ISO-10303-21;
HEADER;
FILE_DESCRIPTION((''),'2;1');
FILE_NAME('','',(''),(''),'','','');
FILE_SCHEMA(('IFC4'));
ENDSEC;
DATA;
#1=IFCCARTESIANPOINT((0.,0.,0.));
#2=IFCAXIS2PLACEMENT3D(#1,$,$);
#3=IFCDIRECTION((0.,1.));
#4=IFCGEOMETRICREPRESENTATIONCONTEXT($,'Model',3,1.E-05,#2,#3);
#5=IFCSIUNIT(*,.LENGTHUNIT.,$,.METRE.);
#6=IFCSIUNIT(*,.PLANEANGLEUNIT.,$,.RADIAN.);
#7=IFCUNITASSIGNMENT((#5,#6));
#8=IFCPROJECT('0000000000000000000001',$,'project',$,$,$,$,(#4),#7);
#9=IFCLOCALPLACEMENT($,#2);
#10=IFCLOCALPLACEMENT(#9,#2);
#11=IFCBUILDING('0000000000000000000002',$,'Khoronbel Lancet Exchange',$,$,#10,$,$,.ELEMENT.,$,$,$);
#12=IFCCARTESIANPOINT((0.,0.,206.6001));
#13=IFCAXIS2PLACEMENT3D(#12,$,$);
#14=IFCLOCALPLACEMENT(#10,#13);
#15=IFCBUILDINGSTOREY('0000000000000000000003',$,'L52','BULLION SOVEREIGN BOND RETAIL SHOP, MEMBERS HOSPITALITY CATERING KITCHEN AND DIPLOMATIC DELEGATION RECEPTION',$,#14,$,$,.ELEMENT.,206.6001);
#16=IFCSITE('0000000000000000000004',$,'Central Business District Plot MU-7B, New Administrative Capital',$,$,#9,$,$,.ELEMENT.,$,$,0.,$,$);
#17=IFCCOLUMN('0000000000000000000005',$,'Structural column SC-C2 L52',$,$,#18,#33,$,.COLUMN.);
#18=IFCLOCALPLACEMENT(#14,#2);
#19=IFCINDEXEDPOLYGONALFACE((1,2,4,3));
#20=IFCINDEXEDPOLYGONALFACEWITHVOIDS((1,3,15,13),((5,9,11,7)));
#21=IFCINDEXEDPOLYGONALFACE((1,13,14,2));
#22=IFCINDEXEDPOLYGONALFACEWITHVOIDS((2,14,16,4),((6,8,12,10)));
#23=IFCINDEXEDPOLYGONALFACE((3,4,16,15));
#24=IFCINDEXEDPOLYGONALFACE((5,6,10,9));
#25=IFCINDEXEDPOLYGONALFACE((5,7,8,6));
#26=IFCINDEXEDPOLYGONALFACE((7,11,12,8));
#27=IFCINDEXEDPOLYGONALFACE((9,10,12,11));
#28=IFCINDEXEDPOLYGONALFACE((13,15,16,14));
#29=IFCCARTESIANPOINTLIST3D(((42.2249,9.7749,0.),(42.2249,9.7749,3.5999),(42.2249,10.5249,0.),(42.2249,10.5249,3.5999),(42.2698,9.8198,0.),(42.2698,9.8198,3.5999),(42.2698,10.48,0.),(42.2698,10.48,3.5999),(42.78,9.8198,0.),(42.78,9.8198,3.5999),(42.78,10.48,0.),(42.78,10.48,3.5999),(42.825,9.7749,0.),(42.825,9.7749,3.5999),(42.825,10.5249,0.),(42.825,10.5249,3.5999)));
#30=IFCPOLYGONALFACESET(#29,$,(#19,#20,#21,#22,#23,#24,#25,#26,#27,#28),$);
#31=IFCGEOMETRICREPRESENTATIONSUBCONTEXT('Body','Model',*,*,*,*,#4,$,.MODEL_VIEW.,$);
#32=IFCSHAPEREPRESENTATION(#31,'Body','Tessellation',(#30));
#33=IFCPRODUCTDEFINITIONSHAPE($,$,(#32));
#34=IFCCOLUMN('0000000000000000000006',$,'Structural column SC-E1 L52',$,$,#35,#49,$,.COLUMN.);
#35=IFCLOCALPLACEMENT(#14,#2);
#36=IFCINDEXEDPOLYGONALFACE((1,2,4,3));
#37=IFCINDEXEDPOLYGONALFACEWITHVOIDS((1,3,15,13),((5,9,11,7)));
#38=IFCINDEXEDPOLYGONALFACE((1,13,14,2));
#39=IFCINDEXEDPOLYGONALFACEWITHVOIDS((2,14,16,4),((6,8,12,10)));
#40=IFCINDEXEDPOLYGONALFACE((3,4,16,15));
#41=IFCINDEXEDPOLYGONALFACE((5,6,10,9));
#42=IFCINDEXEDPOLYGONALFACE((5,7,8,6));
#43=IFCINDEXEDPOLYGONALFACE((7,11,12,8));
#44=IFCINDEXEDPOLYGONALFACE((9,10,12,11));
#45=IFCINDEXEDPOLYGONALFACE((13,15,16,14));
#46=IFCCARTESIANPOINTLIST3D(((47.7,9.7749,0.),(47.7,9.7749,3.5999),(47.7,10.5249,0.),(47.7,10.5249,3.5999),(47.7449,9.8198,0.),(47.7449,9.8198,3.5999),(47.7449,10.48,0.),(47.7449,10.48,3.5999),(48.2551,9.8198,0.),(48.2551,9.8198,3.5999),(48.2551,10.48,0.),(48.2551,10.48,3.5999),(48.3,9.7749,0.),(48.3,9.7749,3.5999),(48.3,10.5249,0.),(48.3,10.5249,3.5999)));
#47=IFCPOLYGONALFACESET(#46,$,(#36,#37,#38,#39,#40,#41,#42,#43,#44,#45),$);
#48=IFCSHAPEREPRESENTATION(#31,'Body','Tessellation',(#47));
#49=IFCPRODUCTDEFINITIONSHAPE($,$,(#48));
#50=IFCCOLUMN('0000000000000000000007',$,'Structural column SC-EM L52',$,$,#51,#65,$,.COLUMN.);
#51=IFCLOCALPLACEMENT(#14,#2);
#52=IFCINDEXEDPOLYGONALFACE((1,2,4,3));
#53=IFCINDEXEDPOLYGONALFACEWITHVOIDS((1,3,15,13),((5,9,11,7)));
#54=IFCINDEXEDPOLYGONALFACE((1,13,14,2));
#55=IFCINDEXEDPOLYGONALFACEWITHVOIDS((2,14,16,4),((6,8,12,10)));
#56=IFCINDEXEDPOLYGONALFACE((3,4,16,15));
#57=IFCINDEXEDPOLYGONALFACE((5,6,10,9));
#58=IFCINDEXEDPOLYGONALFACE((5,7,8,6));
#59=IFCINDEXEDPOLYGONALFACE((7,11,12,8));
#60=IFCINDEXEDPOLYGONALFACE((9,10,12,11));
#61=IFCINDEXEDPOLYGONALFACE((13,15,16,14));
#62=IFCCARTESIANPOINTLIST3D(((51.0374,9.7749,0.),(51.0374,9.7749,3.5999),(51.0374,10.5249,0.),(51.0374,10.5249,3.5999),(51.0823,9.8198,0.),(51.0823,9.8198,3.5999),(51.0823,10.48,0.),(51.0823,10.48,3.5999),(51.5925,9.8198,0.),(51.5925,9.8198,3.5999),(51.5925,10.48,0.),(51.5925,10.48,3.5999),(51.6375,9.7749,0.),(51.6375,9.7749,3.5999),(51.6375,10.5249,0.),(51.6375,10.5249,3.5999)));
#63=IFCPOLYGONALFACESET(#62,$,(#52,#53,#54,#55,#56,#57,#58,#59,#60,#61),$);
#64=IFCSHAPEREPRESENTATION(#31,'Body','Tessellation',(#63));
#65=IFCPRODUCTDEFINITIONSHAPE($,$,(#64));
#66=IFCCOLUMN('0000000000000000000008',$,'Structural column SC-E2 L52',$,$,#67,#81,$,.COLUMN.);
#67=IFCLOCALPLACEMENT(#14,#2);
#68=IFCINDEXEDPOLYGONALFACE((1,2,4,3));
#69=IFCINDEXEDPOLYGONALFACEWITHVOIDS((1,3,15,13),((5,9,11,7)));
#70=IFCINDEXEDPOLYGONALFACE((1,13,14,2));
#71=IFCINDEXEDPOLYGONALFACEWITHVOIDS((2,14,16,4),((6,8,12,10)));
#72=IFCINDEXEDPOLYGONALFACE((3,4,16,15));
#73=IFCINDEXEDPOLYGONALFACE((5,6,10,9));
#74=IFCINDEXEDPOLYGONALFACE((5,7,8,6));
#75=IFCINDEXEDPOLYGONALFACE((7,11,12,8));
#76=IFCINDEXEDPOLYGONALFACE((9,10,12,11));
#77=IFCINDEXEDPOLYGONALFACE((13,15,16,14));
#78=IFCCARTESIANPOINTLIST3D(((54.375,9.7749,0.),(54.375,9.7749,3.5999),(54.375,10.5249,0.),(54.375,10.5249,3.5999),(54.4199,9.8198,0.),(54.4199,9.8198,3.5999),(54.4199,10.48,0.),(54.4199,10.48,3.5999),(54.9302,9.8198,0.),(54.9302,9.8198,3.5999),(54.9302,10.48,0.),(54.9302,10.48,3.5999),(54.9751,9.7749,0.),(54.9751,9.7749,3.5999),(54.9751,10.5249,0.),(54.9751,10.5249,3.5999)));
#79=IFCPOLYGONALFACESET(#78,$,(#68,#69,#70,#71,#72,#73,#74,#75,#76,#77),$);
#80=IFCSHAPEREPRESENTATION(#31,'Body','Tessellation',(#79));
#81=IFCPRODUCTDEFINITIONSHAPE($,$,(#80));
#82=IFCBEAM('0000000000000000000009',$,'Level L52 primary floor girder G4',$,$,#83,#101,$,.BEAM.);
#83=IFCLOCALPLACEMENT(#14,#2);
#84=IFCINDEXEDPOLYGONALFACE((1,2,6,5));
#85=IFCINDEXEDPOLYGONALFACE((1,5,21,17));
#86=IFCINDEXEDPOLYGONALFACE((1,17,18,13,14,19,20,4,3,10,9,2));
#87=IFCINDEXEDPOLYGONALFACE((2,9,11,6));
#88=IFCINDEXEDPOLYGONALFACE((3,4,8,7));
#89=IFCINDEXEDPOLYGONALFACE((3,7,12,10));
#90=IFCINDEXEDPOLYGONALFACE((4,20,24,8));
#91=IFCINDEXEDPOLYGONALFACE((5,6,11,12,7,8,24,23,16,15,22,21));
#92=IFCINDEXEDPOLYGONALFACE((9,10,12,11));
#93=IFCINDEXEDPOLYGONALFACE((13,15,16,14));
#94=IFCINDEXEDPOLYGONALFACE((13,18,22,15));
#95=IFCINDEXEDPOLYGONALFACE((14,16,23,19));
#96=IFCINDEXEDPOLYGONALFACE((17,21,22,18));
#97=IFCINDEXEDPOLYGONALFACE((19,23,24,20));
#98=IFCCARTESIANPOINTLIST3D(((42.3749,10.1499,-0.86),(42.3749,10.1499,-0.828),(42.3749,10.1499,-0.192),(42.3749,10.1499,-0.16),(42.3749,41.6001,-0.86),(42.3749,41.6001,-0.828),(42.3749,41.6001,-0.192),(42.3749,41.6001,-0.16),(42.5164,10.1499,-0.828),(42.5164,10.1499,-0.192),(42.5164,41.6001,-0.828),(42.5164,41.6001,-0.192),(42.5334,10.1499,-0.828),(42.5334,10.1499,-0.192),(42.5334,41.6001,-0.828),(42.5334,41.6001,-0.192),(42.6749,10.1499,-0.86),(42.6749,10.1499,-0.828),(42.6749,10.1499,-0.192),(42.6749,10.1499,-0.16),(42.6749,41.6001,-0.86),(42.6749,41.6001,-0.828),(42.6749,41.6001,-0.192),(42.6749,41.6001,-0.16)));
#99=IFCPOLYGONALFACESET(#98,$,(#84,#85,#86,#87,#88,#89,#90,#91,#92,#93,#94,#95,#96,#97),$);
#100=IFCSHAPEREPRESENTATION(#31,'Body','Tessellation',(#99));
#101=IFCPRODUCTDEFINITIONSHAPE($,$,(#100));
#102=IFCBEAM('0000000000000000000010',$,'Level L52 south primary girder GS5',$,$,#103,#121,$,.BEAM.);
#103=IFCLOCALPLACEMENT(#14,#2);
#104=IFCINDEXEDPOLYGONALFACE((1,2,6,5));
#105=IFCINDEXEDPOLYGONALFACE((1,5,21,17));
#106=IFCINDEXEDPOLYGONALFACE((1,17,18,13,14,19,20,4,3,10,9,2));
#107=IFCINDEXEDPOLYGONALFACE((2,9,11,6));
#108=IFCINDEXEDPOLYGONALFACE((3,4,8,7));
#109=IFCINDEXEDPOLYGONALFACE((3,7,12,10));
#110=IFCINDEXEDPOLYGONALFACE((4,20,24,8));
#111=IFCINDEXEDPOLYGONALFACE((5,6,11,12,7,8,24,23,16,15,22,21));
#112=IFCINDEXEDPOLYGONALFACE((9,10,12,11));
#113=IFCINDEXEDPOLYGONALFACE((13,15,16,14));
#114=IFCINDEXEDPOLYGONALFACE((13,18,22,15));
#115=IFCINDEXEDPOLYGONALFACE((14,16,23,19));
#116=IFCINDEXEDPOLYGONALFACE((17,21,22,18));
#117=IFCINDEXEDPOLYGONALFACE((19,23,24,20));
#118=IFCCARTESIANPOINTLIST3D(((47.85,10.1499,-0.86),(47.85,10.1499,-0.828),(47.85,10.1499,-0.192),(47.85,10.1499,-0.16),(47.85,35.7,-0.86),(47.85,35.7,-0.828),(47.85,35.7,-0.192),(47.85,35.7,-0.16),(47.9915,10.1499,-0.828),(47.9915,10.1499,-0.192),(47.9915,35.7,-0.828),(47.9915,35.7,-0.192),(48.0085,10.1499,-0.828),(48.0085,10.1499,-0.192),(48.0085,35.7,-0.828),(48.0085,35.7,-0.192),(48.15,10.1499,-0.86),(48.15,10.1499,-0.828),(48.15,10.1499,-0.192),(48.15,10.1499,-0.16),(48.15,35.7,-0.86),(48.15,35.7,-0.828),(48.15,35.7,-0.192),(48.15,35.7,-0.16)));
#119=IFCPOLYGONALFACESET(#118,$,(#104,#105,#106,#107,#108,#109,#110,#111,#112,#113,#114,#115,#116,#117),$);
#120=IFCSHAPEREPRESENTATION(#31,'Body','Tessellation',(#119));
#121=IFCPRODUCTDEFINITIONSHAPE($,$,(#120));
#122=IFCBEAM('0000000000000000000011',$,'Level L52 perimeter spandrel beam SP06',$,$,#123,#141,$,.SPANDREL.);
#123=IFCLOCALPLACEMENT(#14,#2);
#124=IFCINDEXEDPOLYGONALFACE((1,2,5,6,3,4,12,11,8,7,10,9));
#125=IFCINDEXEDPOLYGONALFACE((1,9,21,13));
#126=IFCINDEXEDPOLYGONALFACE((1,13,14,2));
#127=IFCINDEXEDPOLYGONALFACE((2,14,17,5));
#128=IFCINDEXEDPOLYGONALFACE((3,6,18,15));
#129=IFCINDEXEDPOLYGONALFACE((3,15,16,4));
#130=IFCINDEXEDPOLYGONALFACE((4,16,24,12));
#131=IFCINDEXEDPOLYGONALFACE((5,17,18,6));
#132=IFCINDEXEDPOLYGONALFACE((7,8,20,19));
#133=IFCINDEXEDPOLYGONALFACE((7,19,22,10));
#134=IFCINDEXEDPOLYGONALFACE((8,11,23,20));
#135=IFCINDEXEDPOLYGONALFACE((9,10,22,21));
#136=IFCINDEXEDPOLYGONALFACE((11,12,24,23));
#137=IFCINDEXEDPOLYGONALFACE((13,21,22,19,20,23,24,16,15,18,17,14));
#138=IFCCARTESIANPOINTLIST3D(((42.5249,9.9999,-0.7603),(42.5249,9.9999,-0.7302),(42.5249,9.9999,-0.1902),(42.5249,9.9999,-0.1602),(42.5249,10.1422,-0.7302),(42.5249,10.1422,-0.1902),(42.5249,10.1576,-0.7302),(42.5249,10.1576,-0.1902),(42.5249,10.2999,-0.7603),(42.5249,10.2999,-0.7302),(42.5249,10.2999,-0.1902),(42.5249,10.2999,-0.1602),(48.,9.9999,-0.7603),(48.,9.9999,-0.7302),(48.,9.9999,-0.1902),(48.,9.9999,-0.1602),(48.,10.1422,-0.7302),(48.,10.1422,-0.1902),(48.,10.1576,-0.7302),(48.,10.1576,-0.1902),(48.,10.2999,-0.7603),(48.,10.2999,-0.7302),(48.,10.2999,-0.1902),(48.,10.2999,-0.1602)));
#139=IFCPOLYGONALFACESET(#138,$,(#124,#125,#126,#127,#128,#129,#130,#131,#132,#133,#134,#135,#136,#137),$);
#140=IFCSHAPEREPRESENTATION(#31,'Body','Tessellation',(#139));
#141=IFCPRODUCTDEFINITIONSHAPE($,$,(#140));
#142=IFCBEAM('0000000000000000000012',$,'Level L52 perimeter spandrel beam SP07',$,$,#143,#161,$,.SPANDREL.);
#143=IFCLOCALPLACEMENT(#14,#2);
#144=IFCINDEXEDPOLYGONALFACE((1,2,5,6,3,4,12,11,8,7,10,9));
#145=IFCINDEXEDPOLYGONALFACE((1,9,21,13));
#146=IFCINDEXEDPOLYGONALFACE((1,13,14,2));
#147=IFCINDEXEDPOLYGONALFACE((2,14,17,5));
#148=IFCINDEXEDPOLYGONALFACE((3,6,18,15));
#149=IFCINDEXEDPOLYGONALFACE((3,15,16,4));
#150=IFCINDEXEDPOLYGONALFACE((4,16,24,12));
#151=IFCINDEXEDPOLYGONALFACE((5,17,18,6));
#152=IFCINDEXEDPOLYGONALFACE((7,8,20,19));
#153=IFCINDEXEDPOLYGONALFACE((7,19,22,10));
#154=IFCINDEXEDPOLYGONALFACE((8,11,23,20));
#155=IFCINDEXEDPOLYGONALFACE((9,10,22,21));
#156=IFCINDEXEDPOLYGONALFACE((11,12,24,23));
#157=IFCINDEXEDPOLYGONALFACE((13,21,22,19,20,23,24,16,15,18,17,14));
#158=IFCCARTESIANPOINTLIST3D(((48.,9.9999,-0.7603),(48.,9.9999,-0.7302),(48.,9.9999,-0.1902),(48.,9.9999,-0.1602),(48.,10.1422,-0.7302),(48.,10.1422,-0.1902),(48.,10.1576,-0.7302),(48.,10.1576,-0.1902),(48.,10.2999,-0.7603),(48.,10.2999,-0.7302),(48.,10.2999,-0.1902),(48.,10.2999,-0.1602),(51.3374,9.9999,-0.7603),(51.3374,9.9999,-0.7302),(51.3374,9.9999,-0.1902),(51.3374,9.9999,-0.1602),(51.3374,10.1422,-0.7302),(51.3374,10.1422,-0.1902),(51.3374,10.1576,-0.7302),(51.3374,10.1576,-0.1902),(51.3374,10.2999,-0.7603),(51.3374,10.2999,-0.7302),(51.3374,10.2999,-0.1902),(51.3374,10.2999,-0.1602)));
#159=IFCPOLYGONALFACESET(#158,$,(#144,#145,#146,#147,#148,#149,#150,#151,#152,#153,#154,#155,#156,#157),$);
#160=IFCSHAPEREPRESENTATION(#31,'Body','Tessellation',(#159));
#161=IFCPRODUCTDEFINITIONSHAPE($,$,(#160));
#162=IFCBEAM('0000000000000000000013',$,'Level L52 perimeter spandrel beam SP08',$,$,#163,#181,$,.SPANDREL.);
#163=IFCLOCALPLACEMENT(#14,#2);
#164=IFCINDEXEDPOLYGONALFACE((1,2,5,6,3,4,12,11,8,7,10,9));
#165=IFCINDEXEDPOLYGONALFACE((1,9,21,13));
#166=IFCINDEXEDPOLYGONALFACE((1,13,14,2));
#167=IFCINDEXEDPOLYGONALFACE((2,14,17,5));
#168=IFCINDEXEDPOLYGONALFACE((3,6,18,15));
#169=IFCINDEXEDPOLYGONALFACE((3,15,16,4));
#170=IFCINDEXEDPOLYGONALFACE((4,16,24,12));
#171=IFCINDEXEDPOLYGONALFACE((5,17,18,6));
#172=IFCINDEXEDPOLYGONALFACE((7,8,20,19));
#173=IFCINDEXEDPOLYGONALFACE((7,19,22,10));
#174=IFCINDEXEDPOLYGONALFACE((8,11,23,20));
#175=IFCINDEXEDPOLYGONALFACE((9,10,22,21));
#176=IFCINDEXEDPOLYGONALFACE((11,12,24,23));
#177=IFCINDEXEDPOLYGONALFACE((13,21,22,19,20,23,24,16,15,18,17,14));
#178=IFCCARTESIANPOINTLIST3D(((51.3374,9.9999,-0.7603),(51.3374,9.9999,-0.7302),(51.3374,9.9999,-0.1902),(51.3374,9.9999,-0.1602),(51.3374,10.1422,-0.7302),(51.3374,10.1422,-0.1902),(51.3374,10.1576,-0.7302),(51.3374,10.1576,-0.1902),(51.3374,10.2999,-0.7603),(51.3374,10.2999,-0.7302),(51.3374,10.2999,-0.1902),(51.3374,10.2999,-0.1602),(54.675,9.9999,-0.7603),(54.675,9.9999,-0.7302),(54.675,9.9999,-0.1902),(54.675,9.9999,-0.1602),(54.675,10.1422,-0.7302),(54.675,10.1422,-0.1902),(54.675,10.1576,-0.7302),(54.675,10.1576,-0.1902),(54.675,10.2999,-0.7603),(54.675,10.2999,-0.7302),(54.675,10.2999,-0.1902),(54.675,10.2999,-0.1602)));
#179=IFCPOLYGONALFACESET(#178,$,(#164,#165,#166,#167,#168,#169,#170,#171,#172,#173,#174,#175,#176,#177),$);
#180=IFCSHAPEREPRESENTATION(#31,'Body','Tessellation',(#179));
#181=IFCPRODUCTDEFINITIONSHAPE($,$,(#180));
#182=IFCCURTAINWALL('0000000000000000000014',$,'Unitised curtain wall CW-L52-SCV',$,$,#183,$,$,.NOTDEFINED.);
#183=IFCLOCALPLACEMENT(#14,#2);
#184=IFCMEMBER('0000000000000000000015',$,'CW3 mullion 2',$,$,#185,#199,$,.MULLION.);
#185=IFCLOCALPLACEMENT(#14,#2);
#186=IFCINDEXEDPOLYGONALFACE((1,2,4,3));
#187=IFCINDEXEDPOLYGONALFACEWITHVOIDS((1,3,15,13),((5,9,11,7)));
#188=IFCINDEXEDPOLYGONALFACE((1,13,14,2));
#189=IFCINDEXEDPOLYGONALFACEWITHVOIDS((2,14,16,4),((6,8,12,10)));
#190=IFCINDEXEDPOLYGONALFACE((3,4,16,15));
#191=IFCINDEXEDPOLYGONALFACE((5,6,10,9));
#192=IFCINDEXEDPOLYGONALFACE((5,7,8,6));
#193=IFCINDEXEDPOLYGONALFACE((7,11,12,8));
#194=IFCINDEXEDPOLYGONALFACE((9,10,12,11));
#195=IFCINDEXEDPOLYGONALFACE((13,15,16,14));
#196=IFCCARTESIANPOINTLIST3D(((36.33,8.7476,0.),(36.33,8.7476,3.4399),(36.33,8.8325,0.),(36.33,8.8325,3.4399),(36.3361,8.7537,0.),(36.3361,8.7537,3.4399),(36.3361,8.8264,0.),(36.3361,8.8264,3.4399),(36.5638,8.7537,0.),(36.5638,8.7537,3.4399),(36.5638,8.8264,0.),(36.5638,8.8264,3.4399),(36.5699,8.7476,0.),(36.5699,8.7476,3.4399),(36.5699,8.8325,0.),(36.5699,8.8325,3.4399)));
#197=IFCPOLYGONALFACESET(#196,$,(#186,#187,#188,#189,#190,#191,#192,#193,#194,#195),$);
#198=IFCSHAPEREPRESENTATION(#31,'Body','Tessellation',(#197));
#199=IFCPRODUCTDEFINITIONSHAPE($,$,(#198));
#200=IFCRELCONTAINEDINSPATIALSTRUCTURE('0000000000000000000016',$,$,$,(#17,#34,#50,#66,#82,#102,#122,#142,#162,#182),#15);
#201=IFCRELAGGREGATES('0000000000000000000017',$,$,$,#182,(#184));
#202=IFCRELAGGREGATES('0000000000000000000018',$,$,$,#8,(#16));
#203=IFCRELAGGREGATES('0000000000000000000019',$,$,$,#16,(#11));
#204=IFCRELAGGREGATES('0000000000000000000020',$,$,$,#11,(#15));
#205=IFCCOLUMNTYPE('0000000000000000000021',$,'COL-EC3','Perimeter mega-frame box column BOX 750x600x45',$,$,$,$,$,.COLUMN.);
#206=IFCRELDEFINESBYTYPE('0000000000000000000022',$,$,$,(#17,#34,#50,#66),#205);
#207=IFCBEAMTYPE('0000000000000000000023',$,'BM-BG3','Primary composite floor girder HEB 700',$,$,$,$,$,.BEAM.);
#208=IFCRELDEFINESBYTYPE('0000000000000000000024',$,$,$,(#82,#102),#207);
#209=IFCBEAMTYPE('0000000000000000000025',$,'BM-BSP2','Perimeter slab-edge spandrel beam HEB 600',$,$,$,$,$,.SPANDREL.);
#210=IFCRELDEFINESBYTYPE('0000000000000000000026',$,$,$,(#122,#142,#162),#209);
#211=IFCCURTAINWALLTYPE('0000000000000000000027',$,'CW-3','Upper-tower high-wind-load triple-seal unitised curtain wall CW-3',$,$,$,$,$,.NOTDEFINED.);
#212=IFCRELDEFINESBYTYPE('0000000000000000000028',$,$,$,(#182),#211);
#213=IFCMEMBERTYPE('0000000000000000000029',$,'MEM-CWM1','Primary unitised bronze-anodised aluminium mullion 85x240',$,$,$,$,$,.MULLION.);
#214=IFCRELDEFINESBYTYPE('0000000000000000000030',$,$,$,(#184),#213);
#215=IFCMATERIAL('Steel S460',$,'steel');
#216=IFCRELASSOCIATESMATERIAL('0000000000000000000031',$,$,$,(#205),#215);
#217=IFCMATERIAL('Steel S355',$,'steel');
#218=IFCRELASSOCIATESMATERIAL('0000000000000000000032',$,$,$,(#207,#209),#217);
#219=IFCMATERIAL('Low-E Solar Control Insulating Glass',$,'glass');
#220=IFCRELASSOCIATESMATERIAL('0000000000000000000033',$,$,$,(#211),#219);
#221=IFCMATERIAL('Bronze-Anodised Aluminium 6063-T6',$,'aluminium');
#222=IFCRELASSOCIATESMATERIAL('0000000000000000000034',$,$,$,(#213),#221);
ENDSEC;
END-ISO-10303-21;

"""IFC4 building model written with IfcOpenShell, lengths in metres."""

from ifc_helpers import new_model, si_unit, direction, frame, origin, origin_2d, place, context, subcontext, project, spatial, hollow_rectangle, i_section, extrude, material, material_profile, profile_set, type_object, element, aggregate, save


model = new_model("IFC4")

# Units and contexts
model_context = context("Model", 3, precision=1e-05, world=origin(), true_north=direction((0.0, 1.0)))
body_context = subcontext(model_context, "Body", "Model", "MODEL_VIEW")
ifc_project = project(units=[si_unit("LENGTHUNIT", "METRE"), si_unit("PLANEANGLEUNIT", "RADIAN")], contexts=[model_context])

# Site, building, storey
site_placement = place(None, origin())
site = spatial("IfcSite", under=ifc_project, at=site_placement, Name="Central Business District Plot MU-7B, New Administrative Capital", CompositionType="ELEMENT", RefElevation=0.0)
building_placement = place(site_placement, origin())
building = spatial("IfcBuilding", under=site, at=building_placement, Name="Khoronbel Lancet Exchange", CompositionType="ELEMENT")
storey_placement = place(building_placement, frame((0.0, 0.0, 206.6001)))
storey = spatial("IfcBuildingStorey", under=building, at=storey_placement, Name="L52", Description="BULLION SOVEREIGN BOND RETAIL SHOP, MEMBERS HOSPITALITY CATERING KITCHEN AND DIPLOMATIC DELEGATION RECEPTION", CompositionType="ELEMENT", Elevation=206.6001)

# Columns
ifc_material_1 = material(Name="Steel S460", Category="steel")
ifc_material_profile_1 = material_profile(ifc_material_1, hollow_rectangle(XDim=0.6001, YDim=0.75, WallThickness=0.0449, at=origin_2d()), Name="BOX 750x600x45")
ifc_profile_set_1 = profile_set([ifc_material_profile_1], Name="Steel S460")
column_type = type_object("IfcColumnType", Name="COL-EC3", Description="Perimeter mega-frame box column BOX 750x600x45", PredefinedType="COLUMN", material=ifc_profile_set_1)
for number, where, z_axis, x_axis, name in (
    (1, (42.5249, 10.1499, 0.0), (0.0, 0.0, 1.0), (1.0, 0.0, 0.0), "Structural column SC-C2 L52"),
    (2, (48.0, 10.1499, 0.0), (0.0, 0.0, 1.0), (1.0, 0.0, 0.0), "Structural column SC-E1 L52"),
    (3, (51.3374, 10.1499, 0.0), (0.0, 0.0, 1.0), (1.0, 0.0, 0.0), "Structural column SC-EM L52"),
    (4, (54.675, 10.1499, 0.0), (0.0, 0.0, 1.0), (1.0, 0.0, 0.0), "Structural column SC-E2 L52"),
):
    element("IfcColumn", number, at=place(storey_placement, frame(where, z_axis=z_axis, x_axis=x_axis)), inside=storey, type_object=column_type, Name=name, PredefinedType="COLUMN", context=body_context, shape_type="SweptSolid", body=[
        extrude(hollow_rectangle(XDim=0.6001, YDim=0.75, WallThickness=0.0449, at=origin_2d()), origin(), (0.0, 0.0, 1.0), 3.5999),
    ])

# Beams
ifc_material_2 = material(Name="Steel S355", Category="steel")
ifc_material_profile_2 = material_profile(ifc_material_2, i_section(OverallWidth=0.3, OverallDepth=0.7, WebThickness=0.0171, FlangeThickness=0.032, at=origin_2d()), Name="HEB 700")
ifc_profile_set_2 = profile_set([ifc_material_profile_2], Name="Steel S355")
beam_type_1 = type_object("IfcBeamType", Name="BM-BG3", Description="Primary composite floor girder HEB 700", PredefinedType="BEAM", material=ifc_profile_set_2)
beam_1_placement = place(storey_placement, frame((42.5249, 10.1499, -0.51), z_axis=(0.0, 1.0, 0.0), x_axis=(-1.0, 0.0, 0.0)))
element("IfcBeam", 5, at=beam_1_placement, inside=storey, type_object=beam_type_1, Name="Level L52 primary floor girder G4", PredefinedType="BEAM", context=body_context, shape_type="SweptSolid", body=[
    extrude(i_section(OverallWidth=0.3, OverallDepth=0.7, WebThickness=0.0171, FlangeThickness=0.032, at=origin_2d()), origin(), (0.0, 0.0, 1.0), 31.4502),
])
beam_2_placement = place(storey_placement, frame((48.0, 10.1499, -0.51), z_axis=(0.0, 1.0, 0.0), x_axis=(-1.0, 0.0, 0.0)))
element("IfcBeam", 6, at=beam_2_placement, inside=storey, type_object=beam_type_1, Name="Level L52 south primary girder GS5", PredefinedType="BEAM", context=body_context, shape_type="SweptSolid", body=[
    extrude(i_section(OverallWidth=0.3, OverallDepth=0.7, WebThickness=0.0171, FlangeThickness=0.032, at=origin_2d()), origin(), (0.0, 0.0, 1.0), 25.55),
])
ifc_material_profile_3 = material_profile(ifc_material_2, i_section(OverallWidth=0.3, OverallDepth=0.6001, WebThickness=0.0154, FlangeThickness=0.03, at=origin_2d()), Name="HEB 600")
ifc_profile_set_3 = profile_set([ifc_material_profile_3], Name="Steel S355")
beam_type_2 = type_object("IfcBeamType", Name="BM-BSP2", Description="Perimeter slab-edge spandrel beam HEB 600", PredefinedType="SPANDREL", material=ifc_profile_set_3)
beam_3_placement = place(storey_placement, frame((42.5249, 10.1499, -0.4602), z_axis=(1.0, 0.0, 0.0), x_axis=(0.0, 1.0, 0.0)))
element("IfcBeam", 7, at=beam_3_placement, inside=storey, type_object=beam_type_2, Name="Level L52 perimeter spandrel beam SP06", PredefinedType="SPANDREL", context=body_context, shape_type="SweptSolid", body=[
    extrude(i_section(OverallWidth=0.3, OverallDepth=0.6001, WebThickness=0.0154, FlangeThickness=0.03, at=origin_2d()), origin(), (0.0, 0.0, 1.0), 5.4751),
])
beam_4_placement = place(storey_placement, frame((48.0, 10.1499, -0.4602), z_axis=(1.0, 0.0, 0.0), x_axis=(0.0, 1.0, 0.0)))
element("IfcBeam", 8, at=beam_4_placement, inside=storey, type_object=beam_type_2, Name="Level L52 perimeter spandrel beam SP07", PredefinedType="SPANDREL", context=body_context, shape_type="SweptSolid", body=[
    extrude(i_section(OverallWidth=0.3, OverallDepth=0.6001, WebThickness=0.0154, FlangeThickness=0.03, at=origin_2d()), origin(), (0.0, 0.0, 1.0), 3.3374),
])
beam_5_placement = place(storey_placement, frame((51.3374, 10.1499, -0.4602), z_axis=(1.0, 0.0, 0.0), x_axis=(0.0, 1.0, 0.0)))
element("IfcBeam", 9, at=beam_5_placement, inside=storey, type_object=beam_type_2, Name="Level L52 perimeter spandrel beam SP08", PredefinedType="SPANDREL", context=body_context, shape_type="SweptSolid", body=[
    extrude(i_section(OverallWidth=0.3, OverallDepth=0.6001, WebThickness=0.0154, FlangeThickness=0.03, at=origin_2d()), origin(), (0.0, 0.0, 1.0), 3.3376),
])

# Curtain wall, member
ifc_material_3 = material(Name="Low-E Solar Control Insulating Glass", Category="glass")
curtain_wall_type = type_object("IfcCurtainWallType", Name="CW-3", Description="Upper-tower high-wind-load triple-seal unitised curtain wall CW-3", PredefinedType="NOTDEFINED", material=ifc_material_3)
curtain_wall_1_placement = place(storey_placement, origin())
curtain_wall_1 = element("IfcCurtainWall", 10, at=curtain_wall_1_placement, inside=storey, type_object=curtain_wall_type, Name="Unitised curtain wall CW-L52-SCV", PredefinedType="NOTDEFINED")
ifc_material_4 = material(Name="Bronze-Anodised Aluminium 6063-T6", Category="aluminium")
ifc_material_profile_4 = material_profile(ifc_material_4, hollow_rectangle(XDim=0.085, YDim=0.24, WallThickness=0.0061, at=origin_2d()), Name="ALU MULLION 85x240")
ifc_profile_set_4 = profile_set([ifc_material_profile_4], Name="Bronze-Anodised Aluminium 6063-T6")
member_type_1 = type_object("IfcMemberType", Name="MEM-CWM1", Description="Primary unitised bronze-anodised aluminium mullion 85x240", PredefinedType="MULLION", material=ifc_profile_set_4)
member_1_placement = place(storey_placement, frame((36.45, 8.79, 0.0), z_axis=(0.0, 0.0, 1.0), x_axis=(0.0, 1.0, 0.0)))
member_1 = element("IfcMember", 11, at=member_1_placement, type_object=member_type_1, Name="CW3 mullion 2", PredefinedType="MULLION", context=body_context, shape_type="SweptSolid", body=[
    extrude(hollow_rectangle(XDim=0.085, YDim=0.24, WallThickness=0.0061, at=origin_2d()), origin(), (0.0, 0.0, 1.0), 3.4399),
])

aggregate(curtain_wall_1, [member_1])

save(model, "model.ifc")
